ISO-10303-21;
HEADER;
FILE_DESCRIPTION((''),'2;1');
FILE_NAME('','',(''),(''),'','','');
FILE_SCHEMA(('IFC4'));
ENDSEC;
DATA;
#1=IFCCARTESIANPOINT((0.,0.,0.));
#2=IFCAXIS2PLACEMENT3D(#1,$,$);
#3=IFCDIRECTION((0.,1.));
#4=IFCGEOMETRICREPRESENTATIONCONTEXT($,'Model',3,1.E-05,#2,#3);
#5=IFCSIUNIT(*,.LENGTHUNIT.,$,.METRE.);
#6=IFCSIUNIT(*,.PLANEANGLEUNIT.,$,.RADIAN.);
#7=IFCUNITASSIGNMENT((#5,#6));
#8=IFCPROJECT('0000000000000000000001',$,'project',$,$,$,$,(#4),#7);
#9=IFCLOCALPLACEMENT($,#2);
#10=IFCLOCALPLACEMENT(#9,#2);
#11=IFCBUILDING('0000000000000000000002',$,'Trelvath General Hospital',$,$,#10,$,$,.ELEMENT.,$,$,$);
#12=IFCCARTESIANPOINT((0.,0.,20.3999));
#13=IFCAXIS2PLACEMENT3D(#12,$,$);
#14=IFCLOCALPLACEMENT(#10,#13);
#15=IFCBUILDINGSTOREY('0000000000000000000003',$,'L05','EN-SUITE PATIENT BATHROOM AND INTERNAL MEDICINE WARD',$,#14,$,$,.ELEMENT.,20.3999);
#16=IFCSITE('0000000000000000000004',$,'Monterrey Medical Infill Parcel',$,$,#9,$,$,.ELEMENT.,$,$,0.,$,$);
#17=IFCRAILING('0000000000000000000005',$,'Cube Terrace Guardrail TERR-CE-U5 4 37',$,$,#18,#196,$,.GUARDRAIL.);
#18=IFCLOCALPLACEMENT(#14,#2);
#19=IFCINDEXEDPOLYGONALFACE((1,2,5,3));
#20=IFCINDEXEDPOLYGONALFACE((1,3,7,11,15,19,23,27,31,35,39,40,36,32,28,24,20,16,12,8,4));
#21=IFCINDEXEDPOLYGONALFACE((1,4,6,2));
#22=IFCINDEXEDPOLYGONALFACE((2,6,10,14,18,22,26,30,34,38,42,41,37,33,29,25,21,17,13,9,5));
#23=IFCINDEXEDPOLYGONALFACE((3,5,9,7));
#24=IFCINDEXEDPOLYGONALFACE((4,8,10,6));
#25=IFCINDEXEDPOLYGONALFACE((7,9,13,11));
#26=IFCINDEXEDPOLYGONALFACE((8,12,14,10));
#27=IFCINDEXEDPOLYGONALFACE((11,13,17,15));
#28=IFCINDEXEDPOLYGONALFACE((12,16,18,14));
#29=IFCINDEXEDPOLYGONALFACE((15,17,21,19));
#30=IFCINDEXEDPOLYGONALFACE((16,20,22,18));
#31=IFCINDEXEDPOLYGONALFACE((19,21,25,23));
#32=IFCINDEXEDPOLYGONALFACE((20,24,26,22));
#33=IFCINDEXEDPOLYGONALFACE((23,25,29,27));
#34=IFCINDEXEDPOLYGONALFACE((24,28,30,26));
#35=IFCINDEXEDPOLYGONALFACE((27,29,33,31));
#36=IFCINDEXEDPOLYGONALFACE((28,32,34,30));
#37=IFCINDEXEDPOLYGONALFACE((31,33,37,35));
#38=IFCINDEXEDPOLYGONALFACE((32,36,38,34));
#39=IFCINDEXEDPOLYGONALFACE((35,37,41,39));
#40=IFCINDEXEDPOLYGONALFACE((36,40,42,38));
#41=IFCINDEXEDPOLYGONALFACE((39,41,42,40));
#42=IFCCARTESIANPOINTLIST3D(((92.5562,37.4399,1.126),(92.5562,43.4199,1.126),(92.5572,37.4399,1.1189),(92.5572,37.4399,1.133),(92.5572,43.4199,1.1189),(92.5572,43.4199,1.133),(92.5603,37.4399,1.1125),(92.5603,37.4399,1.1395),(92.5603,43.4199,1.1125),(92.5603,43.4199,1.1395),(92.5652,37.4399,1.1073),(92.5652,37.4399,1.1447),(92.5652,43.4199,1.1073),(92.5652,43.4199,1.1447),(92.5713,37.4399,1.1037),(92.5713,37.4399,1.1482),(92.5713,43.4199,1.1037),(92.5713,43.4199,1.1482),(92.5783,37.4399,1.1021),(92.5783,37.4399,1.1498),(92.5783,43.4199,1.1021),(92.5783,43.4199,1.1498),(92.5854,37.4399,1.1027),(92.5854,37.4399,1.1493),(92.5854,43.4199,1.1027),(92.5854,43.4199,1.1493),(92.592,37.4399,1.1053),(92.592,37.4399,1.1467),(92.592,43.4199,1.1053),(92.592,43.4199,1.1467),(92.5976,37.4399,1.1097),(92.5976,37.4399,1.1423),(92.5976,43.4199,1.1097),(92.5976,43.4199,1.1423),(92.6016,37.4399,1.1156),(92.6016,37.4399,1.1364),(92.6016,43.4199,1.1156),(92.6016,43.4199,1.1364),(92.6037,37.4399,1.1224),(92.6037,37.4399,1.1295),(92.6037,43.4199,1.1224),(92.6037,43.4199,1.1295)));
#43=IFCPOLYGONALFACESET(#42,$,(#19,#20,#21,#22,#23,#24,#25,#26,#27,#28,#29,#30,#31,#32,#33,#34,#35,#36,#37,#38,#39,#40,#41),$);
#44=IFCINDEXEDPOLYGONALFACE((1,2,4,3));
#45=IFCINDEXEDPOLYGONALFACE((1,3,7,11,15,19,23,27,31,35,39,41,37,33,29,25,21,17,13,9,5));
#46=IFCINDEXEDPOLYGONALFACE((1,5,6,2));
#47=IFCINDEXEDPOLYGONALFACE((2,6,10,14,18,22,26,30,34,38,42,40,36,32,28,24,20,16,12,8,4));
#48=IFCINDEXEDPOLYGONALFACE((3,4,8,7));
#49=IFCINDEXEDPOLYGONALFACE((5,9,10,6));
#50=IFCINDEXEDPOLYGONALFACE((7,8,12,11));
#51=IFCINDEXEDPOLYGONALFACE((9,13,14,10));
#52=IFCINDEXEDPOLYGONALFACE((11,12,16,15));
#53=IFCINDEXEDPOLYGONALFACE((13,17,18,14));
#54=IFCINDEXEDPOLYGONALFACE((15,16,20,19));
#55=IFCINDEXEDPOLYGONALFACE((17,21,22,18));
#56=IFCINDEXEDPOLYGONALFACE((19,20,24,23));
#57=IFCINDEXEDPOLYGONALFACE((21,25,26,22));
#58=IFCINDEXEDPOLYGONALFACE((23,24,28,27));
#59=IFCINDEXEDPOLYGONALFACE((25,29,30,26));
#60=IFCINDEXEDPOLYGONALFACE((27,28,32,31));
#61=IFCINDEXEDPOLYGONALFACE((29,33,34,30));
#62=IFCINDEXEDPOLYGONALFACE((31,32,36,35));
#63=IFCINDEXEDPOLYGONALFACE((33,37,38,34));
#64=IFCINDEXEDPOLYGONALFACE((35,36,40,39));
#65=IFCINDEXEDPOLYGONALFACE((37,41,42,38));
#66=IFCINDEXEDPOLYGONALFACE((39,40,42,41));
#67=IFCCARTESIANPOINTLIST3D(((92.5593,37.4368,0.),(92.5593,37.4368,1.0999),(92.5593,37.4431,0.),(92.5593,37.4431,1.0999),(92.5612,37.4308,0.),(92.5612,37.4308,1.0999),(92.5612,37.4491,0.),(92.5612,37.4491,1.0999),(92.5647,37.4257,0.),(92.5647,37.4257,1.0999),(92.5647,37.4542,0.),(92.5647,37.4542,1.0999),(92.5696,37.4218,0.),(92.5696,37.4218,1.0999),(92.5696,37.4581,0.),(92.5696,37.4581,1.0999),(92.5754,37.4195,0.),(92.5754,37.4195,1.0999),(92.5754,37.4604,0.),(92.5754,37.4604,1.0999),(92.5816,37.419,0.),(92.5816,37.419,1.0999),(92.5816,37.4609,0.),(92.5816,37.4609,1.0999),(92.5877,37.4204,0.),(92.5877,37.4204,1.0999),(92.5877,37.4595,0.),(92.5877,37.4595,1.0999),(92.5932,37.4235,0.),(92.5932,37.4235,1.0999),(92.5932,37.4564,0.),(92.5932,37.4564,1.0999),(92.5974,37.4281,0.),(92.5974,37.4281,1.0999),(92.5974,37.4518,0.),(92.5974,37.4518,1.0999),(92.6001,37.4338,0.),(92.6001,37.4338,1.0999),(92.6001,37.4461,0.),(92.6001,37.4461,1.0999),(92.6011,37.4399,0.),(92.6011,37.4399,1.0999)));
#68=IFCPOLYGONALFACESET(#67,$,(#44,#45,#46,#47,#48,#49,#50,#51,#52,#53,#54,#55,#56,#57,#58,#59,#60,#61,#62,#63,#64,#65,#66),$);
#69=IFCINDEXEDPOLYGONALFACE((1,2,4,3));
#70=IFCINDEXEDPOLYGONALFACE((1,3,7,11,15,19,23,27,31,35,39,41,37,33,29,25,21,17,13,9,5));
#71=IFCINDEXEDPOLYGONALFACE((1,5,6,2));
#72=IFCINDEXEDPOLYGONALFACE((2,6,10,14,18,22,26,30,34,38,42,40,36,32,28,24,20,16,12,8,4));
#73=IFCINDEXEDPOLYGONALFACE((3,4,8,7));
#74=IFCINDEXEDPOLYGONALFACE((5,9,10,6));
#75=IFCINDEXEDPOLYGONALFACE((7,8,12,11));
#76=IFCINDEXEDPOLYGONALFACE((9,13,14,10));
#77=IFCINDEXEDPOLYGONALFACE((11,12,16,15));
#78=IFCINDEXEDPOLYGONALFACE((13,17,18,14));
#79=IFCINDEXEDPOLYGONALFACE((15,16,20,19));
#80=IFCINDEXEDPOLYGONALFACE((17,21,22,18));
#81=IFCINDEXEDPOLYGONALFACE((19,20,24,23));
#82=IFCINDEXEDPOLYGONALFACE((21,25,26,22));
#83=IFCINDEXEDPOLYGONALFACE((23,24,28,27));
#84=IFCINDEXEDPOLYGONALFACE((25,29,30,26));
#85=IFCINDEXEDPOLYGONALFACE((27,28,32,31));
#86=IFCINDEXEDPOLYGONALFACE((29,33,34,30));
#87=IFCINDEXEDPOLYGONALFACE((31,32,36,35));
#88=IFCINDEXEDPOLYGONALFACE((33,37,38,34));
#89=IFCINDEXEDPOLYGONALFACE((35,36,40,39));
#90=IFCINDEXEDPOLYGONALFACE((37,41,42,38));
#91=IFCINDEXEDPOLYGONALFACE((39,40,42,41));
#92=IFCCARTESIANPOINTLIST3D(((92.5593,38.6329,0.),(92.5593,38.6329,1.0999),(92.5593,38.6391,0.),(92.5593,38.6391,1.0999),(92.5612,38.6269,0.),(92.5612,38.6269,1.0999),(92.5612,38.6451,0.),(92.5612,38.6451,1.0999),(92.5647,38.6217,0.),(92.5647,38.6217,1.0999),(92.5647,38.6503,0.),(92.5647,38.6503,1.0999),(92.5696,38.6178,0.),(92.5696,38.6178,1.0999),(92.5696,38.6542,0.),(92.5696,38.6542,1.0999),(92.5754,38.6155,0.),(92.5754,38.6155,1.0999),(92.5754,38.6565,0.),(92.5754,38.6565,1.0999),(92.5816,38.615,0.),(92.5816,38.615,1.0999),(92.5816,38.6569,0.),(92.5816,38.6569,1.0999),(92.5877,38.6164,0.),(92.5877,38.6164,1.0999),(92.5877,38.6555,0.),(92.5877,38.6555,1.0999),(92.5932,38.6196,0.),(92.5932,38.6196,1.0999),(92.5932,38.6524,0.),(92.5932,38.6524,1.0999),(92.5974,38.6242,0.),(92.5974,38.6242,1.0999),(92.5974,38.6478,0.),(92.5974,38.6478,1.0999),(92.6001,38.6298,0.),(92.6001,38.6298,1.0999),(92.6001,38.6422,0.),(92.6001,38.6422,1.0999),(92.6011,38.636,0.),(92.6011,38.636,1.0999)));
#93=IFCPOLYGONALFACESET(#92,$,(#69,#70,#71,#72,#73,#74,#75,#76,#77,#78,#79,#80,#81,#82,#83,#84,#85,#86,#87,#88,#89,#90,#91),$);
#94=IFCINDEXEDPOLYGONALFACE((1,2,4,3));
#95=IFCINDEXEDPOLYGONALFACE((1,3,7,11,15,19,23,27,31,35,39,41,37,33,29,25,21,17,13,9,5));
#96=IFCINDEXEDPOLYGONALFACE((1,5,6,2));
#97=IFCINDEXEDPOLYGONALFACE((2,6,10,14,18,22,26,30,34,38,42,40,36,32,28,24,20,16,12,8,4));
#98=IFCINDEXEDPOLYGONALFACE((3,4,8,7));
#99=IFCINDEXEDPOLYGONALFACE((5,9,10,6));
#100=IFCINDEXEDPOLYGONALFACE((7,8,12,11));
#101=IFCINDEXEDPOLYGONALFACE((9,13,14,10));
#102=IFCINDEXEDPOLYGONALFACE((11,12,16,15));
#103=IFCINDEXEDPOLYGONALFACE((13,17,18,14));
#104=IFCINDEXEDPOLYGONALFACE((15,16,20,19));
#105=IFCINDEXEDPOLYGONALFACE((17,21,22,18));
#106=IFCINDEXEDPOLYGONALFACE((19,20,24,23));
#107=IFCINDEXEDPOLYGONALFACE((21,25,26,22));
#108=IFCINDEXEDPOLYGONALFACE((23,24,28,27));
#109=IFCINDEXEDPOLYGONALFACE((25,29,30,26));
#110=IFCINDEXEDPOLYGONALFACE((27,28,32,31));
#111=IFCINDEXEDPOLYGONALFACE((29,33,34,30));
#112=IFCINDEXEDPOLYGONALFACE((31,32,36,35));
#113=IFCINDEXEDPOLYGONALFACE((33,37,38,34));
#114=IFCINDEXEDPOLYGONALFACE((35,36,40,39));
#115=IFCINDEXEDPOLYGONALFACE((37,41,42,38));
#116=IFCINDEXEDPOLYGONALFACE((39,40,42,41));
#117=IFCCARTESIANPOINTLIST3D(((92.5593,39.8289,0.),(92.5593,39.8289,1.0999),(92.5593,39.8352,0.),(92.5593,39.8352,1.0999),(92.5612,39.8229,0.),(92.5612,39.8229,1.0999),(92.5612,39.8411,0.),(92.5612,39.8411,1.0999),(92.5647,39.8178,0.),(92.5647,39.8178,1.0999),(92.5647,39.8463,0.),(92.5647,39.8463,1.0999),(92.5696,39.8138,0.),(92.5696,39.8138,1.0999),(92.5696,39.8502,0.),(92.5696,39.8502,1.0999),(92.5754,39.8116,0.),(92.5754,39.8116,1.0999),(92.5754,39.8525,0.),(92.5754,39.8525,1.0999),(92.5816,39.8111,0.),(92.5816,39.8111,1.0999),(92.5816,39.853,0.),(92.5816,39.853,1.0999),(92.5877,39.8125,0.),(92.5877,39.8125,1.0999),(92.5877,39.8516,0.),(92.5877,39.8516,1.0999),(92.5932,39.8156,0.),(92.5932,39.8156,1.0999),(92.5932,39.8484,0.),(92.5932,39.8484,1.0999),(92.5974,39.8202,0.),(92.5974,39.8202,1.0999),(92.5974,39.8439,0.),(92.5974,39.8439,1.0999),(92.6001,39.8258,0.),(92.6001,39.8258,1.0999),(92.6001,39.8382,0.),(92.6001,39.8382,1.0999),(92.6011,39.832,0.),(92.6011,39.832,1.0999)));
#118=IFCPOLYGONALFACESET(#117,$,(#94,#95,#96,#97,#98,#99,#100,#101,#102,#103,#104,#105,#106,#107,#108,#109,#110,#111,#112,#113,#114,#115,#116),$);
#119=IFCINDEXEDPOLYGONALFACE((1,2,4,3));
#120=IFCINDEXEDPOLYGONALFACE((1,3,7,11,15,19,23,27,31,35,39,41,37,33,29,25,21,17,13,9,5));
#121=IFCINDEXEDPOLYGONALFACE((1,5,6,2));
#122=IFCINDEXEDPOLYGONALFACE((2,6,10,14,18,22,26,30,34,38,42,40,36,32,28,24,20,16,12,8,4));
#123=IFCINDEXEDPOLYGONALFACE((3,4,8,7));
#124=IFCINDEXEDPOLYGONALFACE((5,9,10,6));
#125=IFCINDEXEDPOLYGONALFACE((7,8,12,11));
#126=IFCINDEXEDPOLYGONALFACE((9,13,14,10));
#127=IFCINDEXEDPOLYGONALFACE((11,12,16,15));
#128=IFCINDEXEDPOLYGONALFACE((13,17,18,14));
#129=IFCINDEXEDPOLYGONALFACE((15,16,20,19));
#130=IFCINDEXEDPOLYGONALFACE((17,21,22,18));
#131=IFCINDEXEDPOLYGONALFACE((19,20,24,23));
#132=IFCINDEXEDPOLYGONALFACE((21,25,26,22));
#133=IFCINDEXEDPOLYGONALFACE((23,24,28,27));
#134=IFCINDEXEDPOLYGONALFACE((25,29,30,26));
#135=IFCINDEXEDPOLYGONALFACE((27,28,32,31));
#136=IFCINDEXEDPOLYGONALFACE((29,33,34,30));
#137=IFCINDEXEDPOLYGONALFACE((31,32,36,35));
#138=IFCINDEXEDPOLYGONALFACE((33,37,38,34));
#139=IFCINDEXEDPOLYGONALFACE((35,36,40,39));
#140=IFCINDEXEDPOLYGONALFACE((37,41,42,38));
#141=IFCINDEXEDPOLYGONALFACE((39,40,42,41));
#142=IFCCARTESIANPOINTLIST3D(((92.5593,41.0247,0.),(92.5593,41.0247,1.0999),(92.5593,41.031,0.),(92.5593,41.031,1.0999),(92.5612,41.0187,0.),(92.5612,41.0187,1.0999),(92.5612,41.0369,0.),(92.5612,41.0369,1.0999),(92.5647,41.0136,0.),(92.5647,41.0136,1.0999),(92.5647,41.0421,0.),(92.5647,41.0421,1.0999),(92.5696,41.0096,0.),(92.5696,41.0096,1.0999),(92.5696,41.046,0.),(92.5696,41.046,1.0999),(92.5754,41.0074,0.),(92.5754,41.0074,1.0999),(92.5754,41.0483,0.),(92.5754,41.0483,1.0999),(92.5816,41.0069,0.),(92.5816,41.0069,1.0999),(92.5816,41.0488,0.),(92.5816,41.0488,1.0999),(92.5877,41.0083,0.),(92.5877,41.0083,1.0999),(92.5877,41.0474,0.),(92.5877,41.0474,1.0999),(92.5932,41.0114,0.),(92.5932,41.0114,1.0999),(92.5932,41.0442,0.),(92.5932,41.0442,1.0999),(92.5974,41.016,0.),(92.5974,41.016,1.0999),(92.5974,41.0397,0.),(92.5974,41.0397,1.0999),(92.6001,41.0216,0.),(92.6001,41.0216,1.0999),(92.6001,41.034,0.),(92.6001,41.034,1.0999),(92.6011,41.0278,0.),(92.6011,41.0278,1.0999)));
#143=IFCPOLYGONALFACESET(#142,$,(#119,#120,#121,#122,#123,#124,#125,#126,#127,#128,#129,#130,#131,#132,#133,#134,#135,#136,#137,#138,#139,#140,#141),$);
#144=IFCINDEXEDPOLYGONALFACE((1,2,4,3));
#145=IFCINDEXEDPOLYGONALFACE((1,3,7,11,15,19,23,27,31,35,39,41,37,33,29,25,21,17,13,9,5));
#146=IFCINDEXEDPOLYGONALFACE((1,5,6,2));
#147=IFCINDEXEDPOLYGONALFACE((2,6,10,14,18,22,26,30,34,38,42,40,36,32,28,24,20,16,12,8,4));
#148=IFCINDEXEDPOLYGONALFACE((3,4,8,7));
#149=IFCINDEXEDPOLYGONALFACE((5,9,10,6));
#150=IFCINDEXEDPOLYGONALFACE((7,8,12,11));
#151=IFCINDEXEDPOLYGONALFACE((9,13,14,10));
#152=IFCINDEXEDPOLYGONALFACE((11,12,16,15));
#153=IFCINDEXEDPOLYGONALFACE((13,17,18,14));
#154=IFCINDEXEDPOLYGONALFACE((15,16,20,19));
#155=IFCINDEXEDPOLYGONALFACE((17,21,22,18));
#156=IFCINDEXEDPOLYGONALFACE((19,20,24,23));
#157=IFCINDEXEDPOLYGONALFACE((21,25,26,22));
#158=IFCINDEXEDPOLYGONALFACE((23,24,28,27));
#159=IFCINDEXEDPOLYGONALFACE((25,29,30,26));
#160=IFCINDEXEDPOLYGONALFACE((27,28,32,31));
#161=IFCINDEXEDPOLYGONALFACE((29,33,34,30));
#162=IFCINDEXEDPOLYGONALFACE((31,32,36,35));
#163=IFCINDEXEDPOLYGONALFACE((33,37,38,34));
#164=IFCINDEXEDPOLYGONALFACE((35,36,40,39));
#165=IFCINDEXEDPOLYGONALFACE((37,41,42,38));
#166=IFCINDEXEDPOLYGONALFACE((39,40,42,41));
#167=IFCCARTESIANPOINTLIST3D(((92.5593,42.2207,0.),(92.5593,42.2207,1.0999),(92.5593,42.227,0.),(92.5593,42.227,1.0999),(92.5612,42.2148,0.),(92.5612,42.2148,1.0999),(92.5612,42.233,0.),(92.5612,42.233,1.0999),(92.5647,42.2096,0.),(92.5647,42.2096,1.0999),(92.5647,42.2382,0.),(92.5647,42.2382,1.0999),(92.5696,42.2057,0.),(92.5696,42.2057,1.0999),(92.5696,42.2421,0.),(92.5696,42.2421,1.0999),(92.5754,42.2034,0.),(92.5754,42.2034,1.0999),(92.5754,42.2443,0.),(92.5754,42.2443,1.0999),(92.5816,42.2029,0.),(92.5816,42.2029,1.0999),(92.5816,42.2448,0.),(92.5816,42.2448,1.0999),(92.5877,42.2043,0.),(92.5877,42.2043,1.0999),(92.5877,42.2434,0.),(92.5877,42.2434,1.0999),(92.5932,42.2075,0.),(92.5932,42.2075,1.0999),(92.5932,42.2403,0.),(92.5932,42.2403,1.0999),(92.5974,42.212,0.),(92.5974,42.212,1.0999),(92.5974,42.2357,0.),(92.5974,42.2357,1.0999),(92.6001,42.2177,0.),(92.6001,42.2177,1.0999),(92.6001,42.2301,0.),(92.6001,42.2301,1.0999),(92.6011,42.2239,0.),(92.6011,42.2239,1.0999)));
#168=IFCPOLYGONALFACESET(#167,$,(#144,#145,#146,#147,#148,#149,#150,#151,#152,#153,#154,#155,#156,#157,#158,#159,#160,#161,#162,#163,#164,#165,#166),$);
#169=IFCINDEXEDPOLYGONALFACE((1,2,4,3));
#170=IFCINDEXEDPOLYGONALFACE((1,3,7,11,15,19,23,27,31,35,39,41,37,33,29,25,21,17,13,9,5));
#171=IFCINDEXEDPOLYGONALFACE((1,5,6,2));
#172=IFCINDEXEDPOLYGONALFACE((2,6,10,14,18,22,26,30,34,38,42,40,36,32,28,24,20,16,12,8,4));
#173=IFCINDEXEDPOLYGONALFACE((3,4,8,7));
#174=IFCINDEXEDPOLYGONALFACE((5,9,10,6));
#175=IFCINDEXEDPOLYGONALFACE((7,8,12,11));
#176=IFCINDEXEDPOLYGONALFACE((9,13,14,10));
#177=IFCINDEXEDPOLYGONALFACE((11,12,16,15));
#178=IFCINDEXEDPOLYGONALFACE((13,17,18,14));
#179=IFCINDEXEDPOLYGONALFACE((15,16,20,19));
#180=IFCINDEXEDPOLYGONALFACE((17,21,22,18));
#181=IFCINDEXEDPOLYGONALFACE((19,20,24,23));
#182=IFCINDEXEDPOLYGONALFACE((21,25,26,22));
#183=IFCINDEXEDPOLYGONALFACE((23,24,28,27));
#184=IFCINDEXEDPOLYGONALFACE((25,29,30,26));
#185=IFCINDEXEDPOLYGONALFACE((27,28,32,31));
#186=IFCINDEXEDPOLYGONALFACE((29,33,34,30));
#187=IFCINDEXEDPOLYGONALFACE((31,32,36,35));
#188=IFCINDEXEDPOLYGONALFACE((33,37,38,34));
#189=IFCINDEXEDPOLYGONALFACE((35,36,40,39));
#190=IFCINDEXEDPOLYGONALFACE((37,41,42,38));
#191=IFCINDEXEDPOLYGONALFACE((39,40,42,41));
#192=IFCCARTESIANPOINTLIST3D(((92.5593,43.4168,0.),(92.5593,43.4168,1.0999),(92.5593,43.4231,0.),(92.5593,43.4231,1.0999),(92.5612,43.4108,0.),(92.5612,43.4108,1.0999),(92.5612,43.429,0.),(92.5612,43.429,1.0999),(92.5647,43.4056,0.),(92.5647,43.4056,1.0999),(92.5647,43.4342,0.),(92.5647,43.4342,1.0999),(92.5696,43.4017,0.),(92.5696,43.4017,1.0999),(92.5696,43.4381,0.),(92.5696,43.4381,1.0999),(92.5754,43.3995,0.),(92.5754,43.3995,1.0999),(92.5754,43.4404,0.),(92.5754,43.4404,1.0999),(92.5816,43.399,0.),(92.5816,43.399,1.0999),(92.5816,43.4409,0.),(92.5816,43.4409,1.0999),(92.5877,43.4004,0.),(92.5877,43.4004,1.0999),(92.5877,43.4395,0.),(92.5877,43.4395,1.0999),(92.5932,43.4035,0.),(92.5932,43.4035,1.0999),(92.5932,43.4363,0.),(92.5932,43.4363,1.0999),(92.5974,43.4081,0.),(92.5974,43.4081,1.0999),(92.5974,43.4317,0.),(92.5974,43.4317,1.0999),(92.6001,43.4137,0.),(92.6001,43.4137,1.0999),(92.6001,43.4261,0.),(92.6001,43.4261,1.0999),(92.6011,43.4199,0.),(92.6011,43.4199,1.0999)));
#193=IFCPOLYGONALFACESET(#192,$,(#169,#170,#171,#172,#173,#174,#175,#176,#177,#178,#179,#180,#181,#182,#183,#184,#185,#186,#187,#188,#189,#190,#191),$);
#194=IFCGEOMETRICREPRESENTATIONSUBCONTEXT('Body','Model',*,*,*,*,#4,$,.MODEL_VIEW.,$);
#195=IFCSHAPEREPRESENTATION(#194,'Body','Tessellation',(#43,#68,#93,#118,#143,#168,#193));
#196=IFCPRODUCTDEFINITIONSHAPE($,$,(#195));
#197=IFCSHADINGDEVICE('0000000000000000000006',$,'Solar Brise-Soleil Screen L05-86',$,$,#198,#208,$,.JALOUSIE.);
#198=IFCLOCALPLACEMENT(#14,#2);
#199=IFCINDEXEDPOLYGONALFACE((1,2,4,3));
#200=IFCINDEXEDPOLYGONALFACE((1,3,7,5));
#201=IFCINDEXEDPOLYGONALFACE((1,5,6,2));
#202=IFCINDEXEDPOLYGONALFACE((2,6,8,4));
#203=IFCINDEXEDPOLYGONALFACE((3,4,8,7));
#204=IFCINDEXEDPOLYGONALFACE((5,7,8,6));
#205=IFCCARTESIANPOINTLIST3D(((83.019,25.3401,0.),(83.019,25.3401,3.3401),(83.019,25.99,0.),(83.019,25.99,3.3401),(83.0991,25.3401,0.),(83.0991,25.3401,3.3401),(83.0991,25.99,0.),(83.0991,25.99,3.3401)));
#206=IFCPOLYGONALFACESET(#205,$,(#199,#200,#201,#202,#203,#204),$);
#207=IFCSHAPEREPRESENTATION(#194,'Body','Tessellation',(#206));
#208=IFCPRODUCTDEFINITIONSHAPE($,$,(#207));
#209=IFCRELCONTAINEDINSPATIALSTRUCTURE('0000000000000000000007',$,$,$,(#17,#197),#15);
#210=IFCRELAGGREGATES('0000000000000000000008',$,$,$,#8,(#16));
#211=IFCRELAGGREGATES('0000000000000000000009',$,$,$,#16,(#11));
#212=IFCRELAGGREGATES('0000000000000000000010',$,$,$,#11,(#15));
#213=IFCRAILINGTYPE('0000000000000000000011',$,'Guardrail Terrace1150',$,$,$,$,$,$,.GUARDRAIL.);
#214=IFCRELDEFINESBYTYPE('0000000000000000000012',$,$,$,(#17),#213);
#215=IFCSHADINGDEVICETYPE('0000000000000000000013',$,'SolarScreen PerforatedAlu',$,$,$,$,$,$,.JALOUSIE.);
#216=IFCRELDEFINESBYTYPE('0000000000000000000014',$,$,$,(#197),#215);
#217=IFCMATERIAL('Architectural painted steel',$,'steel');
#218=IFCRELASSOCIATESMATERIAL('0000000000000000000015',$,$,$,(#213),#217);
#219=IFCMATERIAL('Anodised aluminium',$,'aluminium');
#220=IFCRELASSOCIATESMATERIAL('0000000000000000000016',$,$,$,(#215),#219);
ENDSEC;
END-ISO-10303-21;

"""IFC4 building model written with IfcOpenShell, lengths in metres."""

from ifc_helpers import new_model, si_unit, direction, frame, origin, origin_2d, place, context, subcontext, project, spatial, rectangle, circle, extrude, material, type_object, element, save


model = new_model("IFC4")

# Units and contexts
model_context = context("Model", 3, precision=1e-05, world=origin(), true_north=direction((0.0, 1.0)))
body_context = subcontext(model_context, "Body", "Model", "MODEL_VIEW")
ifc_project = project(units=[si_unit("LENGTHUNIT", "METRE"), si_unit("PLANEANGLEUNIT", "RADIAN")], contexts=[model_context])

# Site, building, storey
site_placement = place(None, origin())
site = spatial("IfcSite", under=ifc_project, at=site_placement, Name="Monterrey Medical Infill Parcel", CompositionType="ELEMENT", RefElevation=0.0)
building_placement = place(site_placement, origin())
building = spatial("IfcBuilding", under=site, at=building_placement, Name="Trelvath General Hospital", CompositionType="ELEMENT")
storey_placement = place(building_placement, frame((0.0, 0.0, 20.3999)))
storey = spatial("IfcBuildingStorey", under=building, at=storey_placement, Name="L05", Description="EN-SUITE PATIENT BATHROOM AND INTERNAL MEDICINE WARD", CompositionType="ELEMENT", Elevation=20.3999)

# Railing
ifc_material_1 = material(Name="Architectural painted steel", Category="steel")
railing_type = type_object("IfcRailingType", Name="Guardrail Terrace1150", PredefinedType="GUARDRAIL", material=ifc_material_1)
railing_1_placement = place(storey_placement, frame((92.5801, 37.4399, 0.0)))
element("IfcRailing", 1, at=railing_1_placement, inside=storey, type_object=railing_type, Name="Cube Terrace Guardrail TERR-CE-U5 4 37", PredefinedType="GUARDRAIL", context=body_context, shape_type="SweptSolid", body=[
    extrude(circle(Radius=0.0239, at=origin_2d()), frame((0.0, 0.0, 1.126), z_axis=(0.0, 1.0, 0.0), x_axis=(-1.0, 0.0, 0.0)), (0.0, 0.0, 1.0), 5.98),
    extrude(circle(Radius=0.021, at=origin_2d()), origin(), (0.0, 0.0, 1.0), 1.0999),
    extrude(circle(Radius=0.021, at=origin_2d()), frame((0.0, 1.196, 0.0)), (0.0, 0.0, 1.0), 1.0999),
    extrude(circle(Radius=0.021, at=origin_2d()), frame((0.0, 2.3921, 0.0)), (0.0, 0.0, 1.0), 1.0999),
    extrude(circle(Radius=0.021, at=origin_2d()), frame((0.0, 3.5879, 0.0)), (0.0, 0.0, 1.0), 1.0999),
    extrude(circle(Radius=0.021, at=origin_2d()), frame((0.0, 4.7839, 0.0)), (0.0, 0.0, 1.0), 1.0999),
    extrude(circle(Radius=0.021, at=origin_2d()), frame((0.0, 5.98, 0.0)), (0.0, 0.0, 1.0), 1.0999),
])

# Shading device
ifc_material_2 = material(Name="Anodised aluminium", Category="aluminium")
shading_device_type = type_object("IfcShadingDeviceType", Name="SolarScreen PerforatedAlu", PredefinedType="JALOUSIE", material=ifc_material_2)
shading_device_placement = place(storey_placement, frame((83.0591, 25.665, 0.0), z_axis=(0.0, 0.0, 1.0), x_axis=(0.0, 1.0, 0.0)))
element("IfcShadingDevice", 2, at=shading_device_placement, inside=storey, type_object=shading_device_type, Name="Solar Brise-Soleil Screen L05-86", PredefinedType="JALOUSIE", context=body_context, shape_type="SweptSolid", body=[
    extrude(rectangle(XDim=0.6499, YDim=0.0801, at=origin_2d()), origin(), (0.0, 0.0, 1.0), 3.3401),
])

save(model, "model.ifc")
